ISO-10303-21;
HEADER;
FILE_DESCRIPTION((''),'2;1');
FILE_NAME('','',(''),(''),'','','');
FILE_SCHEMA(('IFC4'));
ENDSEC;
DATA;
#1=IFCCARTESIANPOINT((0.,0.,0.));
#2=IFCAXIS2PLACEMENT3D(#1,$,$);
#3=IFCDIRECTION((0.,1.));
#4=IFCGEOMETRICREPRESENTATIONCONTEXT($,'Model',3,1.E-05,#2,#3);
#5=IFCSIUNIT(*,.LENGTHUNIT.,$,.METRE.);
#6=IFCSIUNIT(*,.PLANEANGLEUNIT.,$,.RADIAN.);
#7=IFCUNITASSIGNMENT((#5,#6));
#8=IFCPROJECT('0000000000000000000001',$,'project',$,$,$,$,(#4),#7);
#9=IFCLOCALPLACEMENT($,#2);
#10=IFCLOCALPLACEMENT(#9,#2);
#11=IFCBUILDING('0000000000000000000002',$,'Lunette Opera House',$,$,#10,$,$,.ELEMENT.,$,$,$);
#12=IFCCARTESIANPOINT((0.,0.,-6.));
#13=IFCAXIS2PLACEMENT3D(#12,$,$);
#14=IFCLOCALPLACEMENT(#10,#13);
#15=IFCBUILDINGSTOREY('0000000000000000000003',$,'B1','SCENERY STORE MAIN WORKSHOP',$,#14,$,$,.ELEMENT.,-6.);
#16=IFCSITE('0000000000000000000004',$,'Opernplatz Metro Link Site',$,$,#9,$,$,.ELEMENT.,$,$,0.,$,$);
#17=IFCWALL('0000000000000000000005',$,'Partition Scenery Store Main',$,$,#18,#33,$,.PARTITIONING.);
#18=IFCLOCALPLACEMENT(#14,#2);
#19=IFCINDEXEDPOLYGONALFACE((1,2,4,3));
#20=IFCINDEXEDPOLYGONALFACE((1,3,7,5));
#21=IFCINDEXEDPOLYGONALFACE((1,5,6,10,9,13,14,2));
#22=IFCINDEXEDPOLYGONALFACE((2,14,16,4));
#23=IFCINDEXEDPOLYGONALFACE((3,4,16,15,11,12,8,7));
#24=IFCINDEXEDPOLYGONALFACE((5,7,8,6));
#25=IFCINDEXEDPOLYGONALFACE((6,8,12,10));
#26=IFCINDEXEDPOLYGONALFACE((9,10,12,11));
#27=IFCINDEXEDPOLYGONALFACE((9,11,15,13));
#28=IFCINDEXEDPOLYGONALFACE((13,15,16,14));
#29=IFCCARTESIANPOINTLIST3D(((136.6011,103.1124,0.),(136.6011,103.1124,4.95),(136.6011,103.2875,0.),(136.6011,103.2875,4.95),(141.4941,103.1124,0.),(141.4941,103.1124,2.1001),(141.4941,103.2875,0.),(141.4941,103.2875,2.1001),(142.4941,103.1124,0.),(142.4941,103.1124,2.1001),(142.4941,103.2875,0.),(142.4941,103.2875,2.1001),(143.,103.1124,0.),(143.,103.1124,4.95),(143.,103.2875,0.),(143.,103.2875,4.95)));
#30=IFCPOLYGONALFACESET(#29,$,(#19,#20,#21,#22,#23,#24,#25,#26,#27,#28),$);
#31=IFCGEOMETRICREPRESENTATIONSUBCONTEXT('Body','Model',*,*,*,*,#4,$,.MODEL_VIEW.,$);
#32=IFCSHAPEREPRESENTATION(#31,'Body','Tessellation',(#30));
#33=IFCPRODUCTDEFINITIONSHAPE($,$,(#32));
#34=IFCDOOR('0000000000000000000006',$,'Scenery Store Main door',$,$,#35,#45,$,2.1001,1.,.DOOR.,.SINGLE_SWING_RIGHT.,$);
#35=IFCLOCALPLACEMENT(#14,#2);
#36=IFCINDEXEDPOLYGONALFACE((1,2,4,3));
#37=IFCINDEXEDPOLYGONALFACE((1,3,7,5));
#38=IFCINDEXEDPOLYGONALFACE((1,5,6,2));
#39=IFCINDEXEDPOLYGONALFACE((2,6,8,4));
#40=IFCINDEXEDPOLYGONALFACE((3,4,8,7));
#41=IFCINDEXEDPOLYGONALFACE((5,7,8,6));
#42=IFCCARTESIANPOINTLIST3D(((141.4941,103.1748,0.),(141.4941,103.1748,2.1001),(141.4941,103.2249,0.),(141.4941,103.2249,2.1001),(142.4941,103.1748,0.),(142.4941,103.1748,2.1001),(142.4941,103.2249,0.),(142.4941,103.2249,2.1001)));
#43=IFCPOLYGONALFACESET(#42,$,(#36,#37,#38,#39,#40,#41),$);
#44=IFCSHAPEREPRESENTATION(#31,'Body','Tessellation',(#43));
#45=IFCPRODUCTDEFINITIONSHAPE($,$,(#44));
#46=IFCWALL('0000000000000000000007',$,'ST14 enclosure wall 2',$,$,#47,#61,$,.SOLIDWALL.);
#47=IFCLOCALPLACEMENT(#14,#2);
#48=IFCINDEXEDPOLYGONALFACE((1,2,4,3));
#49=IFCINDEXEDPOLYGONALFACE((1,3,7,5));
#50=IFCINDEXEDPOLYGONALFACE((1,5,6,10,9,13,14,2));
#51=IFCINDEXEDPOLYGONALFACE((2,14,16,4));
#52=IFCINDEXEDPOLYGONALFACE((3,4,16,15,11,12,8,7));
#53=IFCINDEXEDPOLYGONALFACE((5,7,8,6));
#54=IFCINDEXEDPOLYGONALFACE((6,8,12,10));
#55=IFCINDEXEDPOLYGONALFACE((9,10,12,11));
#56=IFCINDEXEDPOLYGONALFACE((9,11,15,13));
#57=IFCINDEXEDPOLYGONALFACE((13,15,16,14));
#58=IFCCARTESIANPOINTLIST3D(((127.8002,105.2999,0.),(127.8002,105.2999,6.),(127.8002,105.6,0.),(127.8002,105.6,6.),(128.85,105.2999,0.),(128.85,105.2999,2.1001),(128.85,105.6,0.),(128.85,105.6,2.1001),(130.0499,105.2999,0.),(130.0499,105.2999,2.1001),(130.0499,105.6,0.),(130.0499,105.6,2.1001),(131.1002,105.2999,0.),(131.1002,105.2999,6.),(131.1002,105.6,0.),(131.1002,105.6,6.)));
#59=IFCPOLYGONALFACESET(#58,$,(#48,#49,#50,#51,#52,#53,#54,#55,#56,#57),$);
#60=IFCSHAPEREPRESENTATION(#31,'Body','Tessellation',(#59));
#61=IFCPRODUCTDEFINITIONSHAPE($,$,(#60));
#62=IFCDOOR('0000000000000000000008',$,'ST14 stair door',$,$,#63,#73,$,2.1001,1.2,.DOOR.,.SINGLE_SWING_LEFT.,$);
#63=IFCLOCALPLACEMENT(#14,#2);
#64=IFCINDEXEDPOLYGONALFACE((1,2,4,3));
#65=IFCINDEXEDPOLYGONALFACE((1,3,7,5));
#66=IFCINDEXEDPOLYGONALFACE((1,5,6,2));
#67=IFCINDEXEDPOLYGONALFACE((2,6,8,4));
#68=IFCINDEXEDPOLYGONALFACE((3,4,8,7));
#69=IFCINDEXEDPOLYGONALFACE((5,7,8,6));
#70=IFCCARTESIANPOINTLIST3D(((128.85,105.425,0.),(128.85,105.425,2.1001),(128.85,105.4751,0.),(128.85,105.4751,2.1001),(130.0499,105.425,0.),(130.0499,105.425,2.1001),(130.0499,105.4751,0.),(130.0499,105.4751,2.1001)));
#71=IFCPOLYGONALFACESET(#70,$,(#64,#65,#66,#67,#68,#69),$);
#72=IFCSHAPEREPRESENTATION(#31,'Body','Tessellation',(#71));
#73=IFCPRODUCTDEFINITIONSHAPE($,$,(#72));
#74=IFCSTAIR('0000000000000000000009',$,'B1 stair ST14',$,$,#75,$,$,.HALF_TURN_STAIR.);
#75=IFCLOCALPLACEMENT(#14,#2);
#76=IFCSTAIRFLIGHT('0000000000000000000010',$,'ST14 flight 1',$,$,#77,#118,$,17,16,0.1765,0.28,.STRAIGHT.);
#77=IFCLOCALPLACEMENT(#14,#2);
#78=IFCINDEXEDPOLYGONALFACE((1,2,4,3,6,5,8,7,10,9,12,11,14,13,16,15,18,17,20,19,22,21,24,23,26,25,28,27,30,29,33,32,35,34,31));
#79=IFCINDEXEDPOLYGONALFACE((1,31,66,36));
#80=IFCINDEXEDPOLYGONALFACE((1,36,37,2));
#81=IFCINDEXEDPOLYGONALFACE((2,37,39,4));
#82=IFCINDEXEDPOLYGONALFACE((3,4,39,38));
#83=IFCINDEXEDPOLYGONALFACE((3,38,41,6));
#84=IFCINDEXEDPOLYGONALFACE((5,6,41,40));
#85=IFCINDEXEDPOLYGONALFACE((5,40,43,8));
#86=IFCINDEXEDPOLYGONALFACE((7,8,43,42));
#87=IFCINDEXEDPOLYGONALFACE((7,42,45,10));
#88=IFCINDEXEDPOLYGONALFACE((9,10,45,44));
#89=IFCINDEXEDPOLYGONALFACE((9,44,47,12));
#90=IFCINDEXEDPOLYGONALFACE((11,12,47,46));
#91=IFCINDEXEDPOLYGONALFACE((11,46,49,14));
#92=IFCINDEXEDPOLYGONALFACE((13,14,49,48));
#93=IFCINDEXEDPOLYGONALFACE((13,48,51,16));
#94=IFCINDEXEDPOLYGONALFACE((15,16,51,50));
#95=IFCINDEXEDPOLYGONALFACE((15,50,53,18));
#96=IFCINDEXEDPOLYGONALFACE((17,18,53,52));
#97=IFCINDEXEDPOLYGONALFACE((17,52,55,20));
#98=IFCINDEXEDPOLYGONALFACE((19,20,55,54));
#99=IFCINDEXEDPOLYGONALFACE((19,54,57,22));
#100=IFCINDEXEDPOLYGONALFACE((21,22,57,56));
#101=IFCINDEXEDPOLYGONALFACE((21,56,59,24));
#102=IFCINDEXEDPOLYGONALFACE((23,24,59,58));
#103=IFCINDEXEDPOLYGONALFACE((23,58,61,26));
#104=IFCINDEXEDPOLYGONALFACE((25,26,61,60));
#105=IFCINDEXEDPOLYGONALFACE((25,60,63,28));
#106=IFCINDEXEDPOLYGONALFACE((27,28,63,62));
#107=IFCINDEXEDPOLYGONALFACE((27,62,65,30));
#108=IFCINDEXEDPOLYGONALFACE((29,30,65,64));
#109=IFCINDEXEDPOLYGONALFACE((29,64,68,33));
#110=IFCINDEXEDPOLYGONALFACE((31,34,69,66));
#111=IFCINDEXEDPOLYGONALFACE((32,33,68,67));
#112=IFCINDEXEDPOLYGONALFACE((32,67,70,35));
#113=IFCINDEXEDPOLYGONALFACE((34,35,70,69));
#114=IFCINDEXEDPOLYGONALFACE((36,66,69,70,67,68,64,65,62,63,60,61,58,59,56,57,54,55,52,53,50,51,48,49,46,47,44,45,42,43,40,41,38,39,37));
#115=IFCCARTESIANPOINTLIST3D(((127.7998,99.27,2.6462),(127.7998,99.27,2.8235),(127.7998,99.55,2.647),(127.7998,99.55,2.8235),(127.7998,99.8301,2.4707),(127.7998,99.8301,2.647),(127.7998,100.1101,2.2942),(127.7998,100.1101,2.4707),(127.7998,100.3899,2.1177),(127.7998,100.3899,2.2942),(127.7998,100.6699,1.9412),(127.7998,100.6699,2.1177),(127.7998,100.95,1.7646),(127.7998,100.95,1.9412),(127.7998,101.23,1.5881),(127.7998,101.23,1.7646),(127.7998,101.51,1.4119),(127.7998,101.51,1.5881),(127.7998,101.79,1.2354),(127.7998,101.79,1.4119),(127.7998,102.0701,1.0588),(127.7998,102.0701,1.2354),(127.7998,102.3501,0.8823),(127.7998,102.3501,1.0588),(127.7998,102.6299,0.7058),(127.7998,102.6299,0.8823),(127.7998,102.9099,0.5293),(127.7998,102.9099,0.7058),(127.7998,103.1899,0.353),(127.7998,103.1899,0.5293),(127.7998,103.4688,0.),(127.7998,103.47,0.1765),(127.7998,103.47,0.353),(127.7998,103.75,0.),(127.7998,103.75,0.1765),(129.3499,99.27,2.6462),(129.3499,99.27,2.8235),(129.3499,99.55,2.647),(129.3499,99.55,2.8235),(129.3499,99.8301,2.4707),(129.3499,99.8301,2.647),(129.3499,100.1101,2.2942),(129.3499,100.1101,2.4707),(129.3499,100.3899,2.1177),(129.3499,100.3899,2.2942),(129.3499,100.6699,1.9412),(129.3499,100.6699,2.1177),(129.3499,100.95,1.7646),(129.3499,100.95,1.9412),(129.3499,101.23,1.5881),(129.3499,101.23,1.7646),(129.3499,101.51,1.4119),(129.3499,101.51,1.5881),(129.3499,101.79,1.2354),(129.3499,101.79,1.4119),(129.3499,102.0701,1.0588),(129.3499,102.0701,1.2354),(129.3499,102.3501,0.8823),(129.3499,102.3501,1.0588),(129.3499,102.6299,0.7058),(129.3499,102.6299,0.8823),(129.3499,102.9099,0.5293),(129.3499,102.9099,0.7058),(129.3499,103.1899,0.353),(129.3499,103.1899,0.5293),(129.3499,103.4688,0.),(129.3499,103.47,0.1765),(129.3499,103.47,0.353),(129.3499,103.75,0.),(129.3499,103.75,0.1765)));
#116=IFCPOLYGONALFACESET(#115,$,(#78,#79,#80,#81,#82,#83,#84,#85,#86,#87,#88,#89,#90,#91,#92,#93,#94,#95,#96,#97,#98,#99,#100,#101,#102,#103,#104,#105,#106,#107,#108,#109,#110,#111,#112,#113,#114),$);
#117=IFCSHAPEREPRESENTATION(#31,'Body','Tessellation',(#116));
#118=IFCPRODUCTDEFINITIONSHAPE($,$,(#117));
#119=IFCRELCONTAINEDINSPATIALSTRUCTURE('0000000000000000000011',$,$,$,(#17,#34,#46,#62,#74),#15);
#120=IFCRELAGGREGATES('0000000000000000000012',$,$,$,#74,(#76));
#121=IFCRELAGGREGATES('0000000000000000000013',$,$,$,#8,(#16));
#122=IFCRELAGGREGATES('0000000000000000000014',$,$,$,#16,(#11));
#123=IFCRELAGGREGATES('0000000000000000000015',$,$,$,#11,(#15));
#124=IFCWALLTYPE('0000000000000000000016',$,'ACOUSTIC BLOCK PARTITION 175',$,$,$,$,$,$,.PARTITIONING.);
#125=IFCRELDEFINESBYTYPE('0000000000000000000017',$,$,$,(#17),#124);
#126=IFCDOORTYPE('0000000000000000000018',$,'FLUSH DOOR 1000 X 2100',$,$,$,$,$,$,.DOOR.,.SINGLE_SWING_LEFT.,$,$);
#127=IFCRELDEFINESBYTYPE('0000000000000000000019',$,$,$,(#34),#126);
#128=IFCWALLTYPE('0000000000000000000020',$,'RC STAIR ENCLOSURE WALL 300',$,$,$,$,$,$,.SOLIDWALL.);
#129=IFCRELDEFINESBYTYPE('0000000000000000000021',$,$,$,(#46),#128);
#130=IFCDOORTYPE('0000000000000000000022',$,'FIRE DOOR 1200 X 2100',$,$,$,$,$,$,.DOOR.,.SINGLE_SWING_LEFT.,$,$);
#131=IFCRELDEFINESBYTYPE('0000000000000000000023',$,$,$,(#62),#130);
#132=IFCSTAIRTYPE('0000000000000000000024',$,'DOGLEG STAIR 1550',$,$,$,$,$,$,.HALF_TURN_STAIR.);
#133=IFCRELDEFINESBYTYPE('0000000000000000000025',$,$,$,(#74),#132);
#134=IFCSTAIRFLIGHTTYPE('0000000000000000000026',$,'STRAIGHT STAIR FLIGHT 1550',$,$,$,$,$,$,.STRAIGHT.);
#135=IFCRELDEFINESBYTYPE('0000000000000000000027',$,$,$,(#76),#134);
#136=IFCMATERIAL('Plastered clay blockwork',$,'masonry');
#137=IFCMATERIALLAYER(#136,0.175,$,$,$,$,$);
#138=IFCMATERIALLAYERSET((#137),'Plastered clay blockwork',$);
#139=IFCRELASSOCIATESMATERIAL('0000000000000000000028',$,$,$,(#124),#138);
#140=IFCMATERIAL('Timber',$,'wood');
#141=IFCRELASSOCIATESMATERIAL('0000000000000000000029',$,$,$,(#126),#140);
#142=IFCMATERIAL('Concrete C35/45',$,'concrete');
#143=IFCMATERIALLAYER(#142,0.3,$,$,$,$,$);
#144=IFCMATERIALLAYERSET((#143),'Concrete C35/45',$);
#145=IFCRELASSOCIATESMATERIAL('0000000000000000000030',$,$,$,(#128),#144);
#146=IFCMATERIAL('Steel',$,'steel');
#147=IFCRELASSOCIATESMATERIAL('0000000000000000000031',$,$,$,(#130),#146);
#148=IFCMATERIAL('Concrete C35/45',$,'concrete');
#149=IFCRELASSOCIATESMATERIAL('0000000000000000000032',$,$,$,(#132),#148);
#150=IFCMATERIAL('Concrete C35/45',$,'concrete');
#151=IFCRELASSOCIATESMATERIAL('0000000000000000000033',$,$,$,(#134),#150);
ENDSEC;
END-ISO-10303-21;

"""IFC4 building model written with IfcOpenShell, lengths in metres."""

from ifc_helpers import new_model, si_unit, direction, frame, frame_2d, origin, place, context, subcontext, project, spatial, polyline, rectangle, outline, extrude, material, layer, layer_set, type_object, element, fill, aggregate, save


model = new_model("IFC4")

# Units and contexts
model_context = context("Model", 3, precision=1e-05, world=origin(), true_north=direction((0.0, 1.0)))
body_context = subcontext(model_context, "Body", "Model", "MODEL_VIEW")
ifc_project = project(units=[si_unit("LENGTHUNIT", "METRE"), si_unit("PLANEANGLEUNIT", "RADIAN")], contexts=[model_context])

# Site, building, storey
site_placement = place(None, origin())
site = spatial("IfcSite", under=ifc_project, at=site_placement, Name="Opernplatz Metro Link Site", CompositionType="ELEMENT", RefElevation=0.0)
building_placement = place(site_placement, origin())
building = spatial("IfcBuilding", under=site, at=building_placement, Name="Lunette Opera House", CompositionType="ELEMENT")
storey_placement = place(building_placement, frame((0.0, 0.0, -6.0)))
storey = spatial("IfcBuildingStorey", under=building, at=storey_placement, Name="B1", Description="SCENERY STORE MAIN WORKSHOP", CompositionType="ELEMENT", Elevation=-6.0)

# Walls, openings, doors
ifc_material_1 = material(Name="Plastered clay blockwork", Category="masonry")
ifc_layer_1 = layer(ifc_material_1, 0.175)
ifc_layer_set_1 = layer_set([ifc_layer_1], Name="Plastered clay blockwork")
wall_type_1 = type_object("IfcWallType", Name="ACOUSTIC BLOCK PARTITION 175", PredefinedType="PARTITIONING", material=ifc_layer_set_1)
wall_1_placement = place(storey_placement, frame((136.6011, 103.2, 0.0), z_axis=(0.0, 0.0, 1.0), x_axis=(1.0, 0.0, 0.0)))
wall_1 = element("IfcWall", 1, at=wall_1_placement, inside=storey, type_object=wall_type_1, Name="Partition Scenery Store Main", PredefinedType="PARTITIONING", context=body_context, shape_type="SweptSolid", body=[
    extrude(rectangle(XDim=6.3989, YDim=0.175, at=frame_2d((3.1995, 0.0))), origin(), (0.0, 0.0, 1.0), 4.95),
])
opening_1_placement = place(wall_1_placement, frame((4.8931, 0.0, 0.0)))
opening_1 = element("IfcOpeningElement", 2, at=opening_1_placement, cuts=wall_1, PredefinedType="OPENING", context=body_context, shape_type="SweptSolid", body=[
    extrude(rectangle(XDim=1.0, YDim=2.1001, at=frame_2d((0.5, 1.05))), frame((0.0, 0.0996, 0.0), z_axis=(0.0, -1.0, 0.0), x_axis=(1.0, 0.0, 0.0)), (0.0, 0.0, 1.0), 0.199),
])
ifc_material_2 = material(Name="Timber", Category="wood")
door_type_1 = type_object("IfcDoorType", Name="FLUSH DOOR 1000 X 2100", OperationType="SINGLE_SWING_LEFT", PredefinedType="DOOR", material=ifc_material_2)
door_1_placement = place(opening_1_placement, origin())
door_1 = element("IfcDoor", 3, at=door_1_placement, inside=storey, type_object=door_type_1, Name="Scenery Store Main door", OperationType="SINGLE_SWING_RIGHT", OverallHeight=2.1001, OverallWidth=1.0, PredefinedType="DOOR", context=body_context, shape_type="SweptSolid", body=[
    extrude(rectangle(XDim=1.0, YDim=2.1001, at=frame_2d((0.5, 1.05))), frame((0.0, 0.0249, 0.0), z_axis=(0.0, -1.0, 0.0), x_axis=(1.0, 0.0, 0.0)), (0.0, 0.0, 1.0), 0.05),
])
fill(opening_1, door_1)
ifc_material_3 = material(Name="Concrete C35/45", Category="concrete")
ifc_layer_2 = layer(ifc_material_3, 0.3)
ifc_layer_set_2 = layer_set([ifc_layer_2], Name="Concrete C35/45")
wall_type_2 = type_object("IfcWallType", Name="RC STAIR ENCLOSURE WALL 300", PredefinedType="SOLIDWALL", material=ifc_layer_set_2)
wall_2_placement = place(storey_placement, frame((131.1001, 105.45, 0.0), z_axis=(0.0, 0.0, 1.0), x_axis=(-1.0, 0.0, 0.0)))
wall_2 = element("IfcWall", 4, at=wall_2_placement, inside=storey, type_object=wall_type_2, Name="ST14 enclosure wall 2", PredefinedType="SOLIDWALL", context=body_context, shape_type="SweptSolid", body=[
    extrude(rectangle(XDim=3.3, YDim=0.3, at=frame_2d((1.6499, 0.0))), origin(), (0.0, 0.0, 1.0), 6.0),
])
opening_2_placement = place(wall_2_placement, frame((1.05, 0.0, 0.0)))
opening_2 = element("IfcOpeningElement", 5, at=opening_2_placement, cuts=wall_2, PredefinedType="OPENING", context=body_context, shape_type="SweptSolid", body=[
    extrude(rectangle(XDim=1.2, YDim=2.1001, at=frame_2d((0.6001, 1.05))), frame((0.0, 0.1621, 0.0), z_axis=(0.0, -1.0, 0.0), x_axis=(1.0, 0.0, 0.0)), (0.0, 0.0, 1.0), 0.324),
])
ifc_material_4 = material(Name="Steel", Category="steel")
door_type_2 = type_object("IfcDoorType", Name="FIRE DOOR 1200 X 2100", OperationType="SINGLE_SWING_LEFT", PredefinedType="DOOR", material=ifc_material_4)
door_2_placement = place(opening_2_placement, origin())
door_2 = element("IfcDoor", 6, at=door_2_placement, inside=storey, type_object=door_type_2, Name="ST14 stair door", OperationType="SINGLE_SWING_LEFT", OverallHeight=2.1001, OverallWidth=1.2, PredefinedType="DOOR", context=body_context, shape_type="SweptSolid", body=[
    extrude(rectangle(XDim=1.2, YDim=2.1001, at=frame_2d((0.6001, 1.05))), frame((0.0, 0.0249, 0.0), z_axis=(0.0, -1.0, 0.0), x_axis=(1.0, 0.0, 0.0)), (0.0, 0.0, 1.0), 0.05),
])
fill(opening_2, door_2)

# Stair, stair flight
ifc_material_5 = material(Name="Concrete C35/45", Category="concrete")
stair_type = type_object("IfcStairType", Name="DOGLEG STAIR 1550", PredefinedType="HALF_TURN_STAIR", material=ifc_material_5)
stair_placement = place(storey_placement, origin())
stair = element("IfcStair", 7, at=stair_placement, inside=storey, type_object=stair_type, Name="B1 stair ST14", PredefinedType="HALF_TURN_STAIR")
ifc_material_6 = material(Name="Concrete C35/45", Category="concrete")
stair_flight_type = type_object("IfcStairFlightType", Name="STRAIGHT STAIR FLIGHT 1550", PredefinedType="STRAIGHT", material=ifc_material_6)
stair_flight_placement = place(storey_placement, frame((128.575, 103.75, 0.0), z_axis=(0.0, 0.0, 1.0), x_axis=(0.0, -1.0, 0.0)))
stair_flight = element("IfcStairFlight", 8, at=stair_flight_placement, type_object=stair_flight_type, Name="ST14 flight 1", NumberOfRisers=17, NumberOfTreads=16, PredefinedType="STRAIGHT", RiserHeight=0.1765, TreadLength=0.28, context=body_context, shape_type="SweptSolid", body=[
    extrude(outline(polyline([(0.0, 0.0), (0.0, 0.1765), (0.28, 0.1765), (0.28, 0.353), (0.5601, 0.353), (0.5601, 0.5293), (0.8401, 0.5293), (0.8401, 0.7058), (1.1201, 0.7058), (1.1201, 0.8823), (1.3999, 0.8823), (1.3999, 1.0588), (1.6799, 1.0588), (1.6799, 1.2354), (1.96, 1.2354), (1.96, 1.4119), (2.24, 1.4119), (2.24, 1.5881), (2.52, 1.5881), (2.52, 1.7646), (2.8, 1.7646), (2.8, 1.9412), (3.0801, 1.9412), (3.0801, 2.1177), (3.3601, 2.1177), (3.3601, 2.2942), (3.6399, 2.2942), (3.6399, 2.4707), (3.9199, 2.4707), (3.9199, 2.647), (4.2, 2.647), (4.2, 2.8235), (4.48, 2.8235), (4.48, 3.0), (4.48, 2.6462), (0.2812, 0.0), (0.0, 0.0)])), frame((0.0, 0.7749, 0.0), z_axis=(0.0, -1.0, 0.0), x_axis=(1.0, 0.0, 0.0)), (0.0, 0.0, 1.0), 1.55),
])
aggregate(stair, [stair_flight])

save(model, "model.ifc")
